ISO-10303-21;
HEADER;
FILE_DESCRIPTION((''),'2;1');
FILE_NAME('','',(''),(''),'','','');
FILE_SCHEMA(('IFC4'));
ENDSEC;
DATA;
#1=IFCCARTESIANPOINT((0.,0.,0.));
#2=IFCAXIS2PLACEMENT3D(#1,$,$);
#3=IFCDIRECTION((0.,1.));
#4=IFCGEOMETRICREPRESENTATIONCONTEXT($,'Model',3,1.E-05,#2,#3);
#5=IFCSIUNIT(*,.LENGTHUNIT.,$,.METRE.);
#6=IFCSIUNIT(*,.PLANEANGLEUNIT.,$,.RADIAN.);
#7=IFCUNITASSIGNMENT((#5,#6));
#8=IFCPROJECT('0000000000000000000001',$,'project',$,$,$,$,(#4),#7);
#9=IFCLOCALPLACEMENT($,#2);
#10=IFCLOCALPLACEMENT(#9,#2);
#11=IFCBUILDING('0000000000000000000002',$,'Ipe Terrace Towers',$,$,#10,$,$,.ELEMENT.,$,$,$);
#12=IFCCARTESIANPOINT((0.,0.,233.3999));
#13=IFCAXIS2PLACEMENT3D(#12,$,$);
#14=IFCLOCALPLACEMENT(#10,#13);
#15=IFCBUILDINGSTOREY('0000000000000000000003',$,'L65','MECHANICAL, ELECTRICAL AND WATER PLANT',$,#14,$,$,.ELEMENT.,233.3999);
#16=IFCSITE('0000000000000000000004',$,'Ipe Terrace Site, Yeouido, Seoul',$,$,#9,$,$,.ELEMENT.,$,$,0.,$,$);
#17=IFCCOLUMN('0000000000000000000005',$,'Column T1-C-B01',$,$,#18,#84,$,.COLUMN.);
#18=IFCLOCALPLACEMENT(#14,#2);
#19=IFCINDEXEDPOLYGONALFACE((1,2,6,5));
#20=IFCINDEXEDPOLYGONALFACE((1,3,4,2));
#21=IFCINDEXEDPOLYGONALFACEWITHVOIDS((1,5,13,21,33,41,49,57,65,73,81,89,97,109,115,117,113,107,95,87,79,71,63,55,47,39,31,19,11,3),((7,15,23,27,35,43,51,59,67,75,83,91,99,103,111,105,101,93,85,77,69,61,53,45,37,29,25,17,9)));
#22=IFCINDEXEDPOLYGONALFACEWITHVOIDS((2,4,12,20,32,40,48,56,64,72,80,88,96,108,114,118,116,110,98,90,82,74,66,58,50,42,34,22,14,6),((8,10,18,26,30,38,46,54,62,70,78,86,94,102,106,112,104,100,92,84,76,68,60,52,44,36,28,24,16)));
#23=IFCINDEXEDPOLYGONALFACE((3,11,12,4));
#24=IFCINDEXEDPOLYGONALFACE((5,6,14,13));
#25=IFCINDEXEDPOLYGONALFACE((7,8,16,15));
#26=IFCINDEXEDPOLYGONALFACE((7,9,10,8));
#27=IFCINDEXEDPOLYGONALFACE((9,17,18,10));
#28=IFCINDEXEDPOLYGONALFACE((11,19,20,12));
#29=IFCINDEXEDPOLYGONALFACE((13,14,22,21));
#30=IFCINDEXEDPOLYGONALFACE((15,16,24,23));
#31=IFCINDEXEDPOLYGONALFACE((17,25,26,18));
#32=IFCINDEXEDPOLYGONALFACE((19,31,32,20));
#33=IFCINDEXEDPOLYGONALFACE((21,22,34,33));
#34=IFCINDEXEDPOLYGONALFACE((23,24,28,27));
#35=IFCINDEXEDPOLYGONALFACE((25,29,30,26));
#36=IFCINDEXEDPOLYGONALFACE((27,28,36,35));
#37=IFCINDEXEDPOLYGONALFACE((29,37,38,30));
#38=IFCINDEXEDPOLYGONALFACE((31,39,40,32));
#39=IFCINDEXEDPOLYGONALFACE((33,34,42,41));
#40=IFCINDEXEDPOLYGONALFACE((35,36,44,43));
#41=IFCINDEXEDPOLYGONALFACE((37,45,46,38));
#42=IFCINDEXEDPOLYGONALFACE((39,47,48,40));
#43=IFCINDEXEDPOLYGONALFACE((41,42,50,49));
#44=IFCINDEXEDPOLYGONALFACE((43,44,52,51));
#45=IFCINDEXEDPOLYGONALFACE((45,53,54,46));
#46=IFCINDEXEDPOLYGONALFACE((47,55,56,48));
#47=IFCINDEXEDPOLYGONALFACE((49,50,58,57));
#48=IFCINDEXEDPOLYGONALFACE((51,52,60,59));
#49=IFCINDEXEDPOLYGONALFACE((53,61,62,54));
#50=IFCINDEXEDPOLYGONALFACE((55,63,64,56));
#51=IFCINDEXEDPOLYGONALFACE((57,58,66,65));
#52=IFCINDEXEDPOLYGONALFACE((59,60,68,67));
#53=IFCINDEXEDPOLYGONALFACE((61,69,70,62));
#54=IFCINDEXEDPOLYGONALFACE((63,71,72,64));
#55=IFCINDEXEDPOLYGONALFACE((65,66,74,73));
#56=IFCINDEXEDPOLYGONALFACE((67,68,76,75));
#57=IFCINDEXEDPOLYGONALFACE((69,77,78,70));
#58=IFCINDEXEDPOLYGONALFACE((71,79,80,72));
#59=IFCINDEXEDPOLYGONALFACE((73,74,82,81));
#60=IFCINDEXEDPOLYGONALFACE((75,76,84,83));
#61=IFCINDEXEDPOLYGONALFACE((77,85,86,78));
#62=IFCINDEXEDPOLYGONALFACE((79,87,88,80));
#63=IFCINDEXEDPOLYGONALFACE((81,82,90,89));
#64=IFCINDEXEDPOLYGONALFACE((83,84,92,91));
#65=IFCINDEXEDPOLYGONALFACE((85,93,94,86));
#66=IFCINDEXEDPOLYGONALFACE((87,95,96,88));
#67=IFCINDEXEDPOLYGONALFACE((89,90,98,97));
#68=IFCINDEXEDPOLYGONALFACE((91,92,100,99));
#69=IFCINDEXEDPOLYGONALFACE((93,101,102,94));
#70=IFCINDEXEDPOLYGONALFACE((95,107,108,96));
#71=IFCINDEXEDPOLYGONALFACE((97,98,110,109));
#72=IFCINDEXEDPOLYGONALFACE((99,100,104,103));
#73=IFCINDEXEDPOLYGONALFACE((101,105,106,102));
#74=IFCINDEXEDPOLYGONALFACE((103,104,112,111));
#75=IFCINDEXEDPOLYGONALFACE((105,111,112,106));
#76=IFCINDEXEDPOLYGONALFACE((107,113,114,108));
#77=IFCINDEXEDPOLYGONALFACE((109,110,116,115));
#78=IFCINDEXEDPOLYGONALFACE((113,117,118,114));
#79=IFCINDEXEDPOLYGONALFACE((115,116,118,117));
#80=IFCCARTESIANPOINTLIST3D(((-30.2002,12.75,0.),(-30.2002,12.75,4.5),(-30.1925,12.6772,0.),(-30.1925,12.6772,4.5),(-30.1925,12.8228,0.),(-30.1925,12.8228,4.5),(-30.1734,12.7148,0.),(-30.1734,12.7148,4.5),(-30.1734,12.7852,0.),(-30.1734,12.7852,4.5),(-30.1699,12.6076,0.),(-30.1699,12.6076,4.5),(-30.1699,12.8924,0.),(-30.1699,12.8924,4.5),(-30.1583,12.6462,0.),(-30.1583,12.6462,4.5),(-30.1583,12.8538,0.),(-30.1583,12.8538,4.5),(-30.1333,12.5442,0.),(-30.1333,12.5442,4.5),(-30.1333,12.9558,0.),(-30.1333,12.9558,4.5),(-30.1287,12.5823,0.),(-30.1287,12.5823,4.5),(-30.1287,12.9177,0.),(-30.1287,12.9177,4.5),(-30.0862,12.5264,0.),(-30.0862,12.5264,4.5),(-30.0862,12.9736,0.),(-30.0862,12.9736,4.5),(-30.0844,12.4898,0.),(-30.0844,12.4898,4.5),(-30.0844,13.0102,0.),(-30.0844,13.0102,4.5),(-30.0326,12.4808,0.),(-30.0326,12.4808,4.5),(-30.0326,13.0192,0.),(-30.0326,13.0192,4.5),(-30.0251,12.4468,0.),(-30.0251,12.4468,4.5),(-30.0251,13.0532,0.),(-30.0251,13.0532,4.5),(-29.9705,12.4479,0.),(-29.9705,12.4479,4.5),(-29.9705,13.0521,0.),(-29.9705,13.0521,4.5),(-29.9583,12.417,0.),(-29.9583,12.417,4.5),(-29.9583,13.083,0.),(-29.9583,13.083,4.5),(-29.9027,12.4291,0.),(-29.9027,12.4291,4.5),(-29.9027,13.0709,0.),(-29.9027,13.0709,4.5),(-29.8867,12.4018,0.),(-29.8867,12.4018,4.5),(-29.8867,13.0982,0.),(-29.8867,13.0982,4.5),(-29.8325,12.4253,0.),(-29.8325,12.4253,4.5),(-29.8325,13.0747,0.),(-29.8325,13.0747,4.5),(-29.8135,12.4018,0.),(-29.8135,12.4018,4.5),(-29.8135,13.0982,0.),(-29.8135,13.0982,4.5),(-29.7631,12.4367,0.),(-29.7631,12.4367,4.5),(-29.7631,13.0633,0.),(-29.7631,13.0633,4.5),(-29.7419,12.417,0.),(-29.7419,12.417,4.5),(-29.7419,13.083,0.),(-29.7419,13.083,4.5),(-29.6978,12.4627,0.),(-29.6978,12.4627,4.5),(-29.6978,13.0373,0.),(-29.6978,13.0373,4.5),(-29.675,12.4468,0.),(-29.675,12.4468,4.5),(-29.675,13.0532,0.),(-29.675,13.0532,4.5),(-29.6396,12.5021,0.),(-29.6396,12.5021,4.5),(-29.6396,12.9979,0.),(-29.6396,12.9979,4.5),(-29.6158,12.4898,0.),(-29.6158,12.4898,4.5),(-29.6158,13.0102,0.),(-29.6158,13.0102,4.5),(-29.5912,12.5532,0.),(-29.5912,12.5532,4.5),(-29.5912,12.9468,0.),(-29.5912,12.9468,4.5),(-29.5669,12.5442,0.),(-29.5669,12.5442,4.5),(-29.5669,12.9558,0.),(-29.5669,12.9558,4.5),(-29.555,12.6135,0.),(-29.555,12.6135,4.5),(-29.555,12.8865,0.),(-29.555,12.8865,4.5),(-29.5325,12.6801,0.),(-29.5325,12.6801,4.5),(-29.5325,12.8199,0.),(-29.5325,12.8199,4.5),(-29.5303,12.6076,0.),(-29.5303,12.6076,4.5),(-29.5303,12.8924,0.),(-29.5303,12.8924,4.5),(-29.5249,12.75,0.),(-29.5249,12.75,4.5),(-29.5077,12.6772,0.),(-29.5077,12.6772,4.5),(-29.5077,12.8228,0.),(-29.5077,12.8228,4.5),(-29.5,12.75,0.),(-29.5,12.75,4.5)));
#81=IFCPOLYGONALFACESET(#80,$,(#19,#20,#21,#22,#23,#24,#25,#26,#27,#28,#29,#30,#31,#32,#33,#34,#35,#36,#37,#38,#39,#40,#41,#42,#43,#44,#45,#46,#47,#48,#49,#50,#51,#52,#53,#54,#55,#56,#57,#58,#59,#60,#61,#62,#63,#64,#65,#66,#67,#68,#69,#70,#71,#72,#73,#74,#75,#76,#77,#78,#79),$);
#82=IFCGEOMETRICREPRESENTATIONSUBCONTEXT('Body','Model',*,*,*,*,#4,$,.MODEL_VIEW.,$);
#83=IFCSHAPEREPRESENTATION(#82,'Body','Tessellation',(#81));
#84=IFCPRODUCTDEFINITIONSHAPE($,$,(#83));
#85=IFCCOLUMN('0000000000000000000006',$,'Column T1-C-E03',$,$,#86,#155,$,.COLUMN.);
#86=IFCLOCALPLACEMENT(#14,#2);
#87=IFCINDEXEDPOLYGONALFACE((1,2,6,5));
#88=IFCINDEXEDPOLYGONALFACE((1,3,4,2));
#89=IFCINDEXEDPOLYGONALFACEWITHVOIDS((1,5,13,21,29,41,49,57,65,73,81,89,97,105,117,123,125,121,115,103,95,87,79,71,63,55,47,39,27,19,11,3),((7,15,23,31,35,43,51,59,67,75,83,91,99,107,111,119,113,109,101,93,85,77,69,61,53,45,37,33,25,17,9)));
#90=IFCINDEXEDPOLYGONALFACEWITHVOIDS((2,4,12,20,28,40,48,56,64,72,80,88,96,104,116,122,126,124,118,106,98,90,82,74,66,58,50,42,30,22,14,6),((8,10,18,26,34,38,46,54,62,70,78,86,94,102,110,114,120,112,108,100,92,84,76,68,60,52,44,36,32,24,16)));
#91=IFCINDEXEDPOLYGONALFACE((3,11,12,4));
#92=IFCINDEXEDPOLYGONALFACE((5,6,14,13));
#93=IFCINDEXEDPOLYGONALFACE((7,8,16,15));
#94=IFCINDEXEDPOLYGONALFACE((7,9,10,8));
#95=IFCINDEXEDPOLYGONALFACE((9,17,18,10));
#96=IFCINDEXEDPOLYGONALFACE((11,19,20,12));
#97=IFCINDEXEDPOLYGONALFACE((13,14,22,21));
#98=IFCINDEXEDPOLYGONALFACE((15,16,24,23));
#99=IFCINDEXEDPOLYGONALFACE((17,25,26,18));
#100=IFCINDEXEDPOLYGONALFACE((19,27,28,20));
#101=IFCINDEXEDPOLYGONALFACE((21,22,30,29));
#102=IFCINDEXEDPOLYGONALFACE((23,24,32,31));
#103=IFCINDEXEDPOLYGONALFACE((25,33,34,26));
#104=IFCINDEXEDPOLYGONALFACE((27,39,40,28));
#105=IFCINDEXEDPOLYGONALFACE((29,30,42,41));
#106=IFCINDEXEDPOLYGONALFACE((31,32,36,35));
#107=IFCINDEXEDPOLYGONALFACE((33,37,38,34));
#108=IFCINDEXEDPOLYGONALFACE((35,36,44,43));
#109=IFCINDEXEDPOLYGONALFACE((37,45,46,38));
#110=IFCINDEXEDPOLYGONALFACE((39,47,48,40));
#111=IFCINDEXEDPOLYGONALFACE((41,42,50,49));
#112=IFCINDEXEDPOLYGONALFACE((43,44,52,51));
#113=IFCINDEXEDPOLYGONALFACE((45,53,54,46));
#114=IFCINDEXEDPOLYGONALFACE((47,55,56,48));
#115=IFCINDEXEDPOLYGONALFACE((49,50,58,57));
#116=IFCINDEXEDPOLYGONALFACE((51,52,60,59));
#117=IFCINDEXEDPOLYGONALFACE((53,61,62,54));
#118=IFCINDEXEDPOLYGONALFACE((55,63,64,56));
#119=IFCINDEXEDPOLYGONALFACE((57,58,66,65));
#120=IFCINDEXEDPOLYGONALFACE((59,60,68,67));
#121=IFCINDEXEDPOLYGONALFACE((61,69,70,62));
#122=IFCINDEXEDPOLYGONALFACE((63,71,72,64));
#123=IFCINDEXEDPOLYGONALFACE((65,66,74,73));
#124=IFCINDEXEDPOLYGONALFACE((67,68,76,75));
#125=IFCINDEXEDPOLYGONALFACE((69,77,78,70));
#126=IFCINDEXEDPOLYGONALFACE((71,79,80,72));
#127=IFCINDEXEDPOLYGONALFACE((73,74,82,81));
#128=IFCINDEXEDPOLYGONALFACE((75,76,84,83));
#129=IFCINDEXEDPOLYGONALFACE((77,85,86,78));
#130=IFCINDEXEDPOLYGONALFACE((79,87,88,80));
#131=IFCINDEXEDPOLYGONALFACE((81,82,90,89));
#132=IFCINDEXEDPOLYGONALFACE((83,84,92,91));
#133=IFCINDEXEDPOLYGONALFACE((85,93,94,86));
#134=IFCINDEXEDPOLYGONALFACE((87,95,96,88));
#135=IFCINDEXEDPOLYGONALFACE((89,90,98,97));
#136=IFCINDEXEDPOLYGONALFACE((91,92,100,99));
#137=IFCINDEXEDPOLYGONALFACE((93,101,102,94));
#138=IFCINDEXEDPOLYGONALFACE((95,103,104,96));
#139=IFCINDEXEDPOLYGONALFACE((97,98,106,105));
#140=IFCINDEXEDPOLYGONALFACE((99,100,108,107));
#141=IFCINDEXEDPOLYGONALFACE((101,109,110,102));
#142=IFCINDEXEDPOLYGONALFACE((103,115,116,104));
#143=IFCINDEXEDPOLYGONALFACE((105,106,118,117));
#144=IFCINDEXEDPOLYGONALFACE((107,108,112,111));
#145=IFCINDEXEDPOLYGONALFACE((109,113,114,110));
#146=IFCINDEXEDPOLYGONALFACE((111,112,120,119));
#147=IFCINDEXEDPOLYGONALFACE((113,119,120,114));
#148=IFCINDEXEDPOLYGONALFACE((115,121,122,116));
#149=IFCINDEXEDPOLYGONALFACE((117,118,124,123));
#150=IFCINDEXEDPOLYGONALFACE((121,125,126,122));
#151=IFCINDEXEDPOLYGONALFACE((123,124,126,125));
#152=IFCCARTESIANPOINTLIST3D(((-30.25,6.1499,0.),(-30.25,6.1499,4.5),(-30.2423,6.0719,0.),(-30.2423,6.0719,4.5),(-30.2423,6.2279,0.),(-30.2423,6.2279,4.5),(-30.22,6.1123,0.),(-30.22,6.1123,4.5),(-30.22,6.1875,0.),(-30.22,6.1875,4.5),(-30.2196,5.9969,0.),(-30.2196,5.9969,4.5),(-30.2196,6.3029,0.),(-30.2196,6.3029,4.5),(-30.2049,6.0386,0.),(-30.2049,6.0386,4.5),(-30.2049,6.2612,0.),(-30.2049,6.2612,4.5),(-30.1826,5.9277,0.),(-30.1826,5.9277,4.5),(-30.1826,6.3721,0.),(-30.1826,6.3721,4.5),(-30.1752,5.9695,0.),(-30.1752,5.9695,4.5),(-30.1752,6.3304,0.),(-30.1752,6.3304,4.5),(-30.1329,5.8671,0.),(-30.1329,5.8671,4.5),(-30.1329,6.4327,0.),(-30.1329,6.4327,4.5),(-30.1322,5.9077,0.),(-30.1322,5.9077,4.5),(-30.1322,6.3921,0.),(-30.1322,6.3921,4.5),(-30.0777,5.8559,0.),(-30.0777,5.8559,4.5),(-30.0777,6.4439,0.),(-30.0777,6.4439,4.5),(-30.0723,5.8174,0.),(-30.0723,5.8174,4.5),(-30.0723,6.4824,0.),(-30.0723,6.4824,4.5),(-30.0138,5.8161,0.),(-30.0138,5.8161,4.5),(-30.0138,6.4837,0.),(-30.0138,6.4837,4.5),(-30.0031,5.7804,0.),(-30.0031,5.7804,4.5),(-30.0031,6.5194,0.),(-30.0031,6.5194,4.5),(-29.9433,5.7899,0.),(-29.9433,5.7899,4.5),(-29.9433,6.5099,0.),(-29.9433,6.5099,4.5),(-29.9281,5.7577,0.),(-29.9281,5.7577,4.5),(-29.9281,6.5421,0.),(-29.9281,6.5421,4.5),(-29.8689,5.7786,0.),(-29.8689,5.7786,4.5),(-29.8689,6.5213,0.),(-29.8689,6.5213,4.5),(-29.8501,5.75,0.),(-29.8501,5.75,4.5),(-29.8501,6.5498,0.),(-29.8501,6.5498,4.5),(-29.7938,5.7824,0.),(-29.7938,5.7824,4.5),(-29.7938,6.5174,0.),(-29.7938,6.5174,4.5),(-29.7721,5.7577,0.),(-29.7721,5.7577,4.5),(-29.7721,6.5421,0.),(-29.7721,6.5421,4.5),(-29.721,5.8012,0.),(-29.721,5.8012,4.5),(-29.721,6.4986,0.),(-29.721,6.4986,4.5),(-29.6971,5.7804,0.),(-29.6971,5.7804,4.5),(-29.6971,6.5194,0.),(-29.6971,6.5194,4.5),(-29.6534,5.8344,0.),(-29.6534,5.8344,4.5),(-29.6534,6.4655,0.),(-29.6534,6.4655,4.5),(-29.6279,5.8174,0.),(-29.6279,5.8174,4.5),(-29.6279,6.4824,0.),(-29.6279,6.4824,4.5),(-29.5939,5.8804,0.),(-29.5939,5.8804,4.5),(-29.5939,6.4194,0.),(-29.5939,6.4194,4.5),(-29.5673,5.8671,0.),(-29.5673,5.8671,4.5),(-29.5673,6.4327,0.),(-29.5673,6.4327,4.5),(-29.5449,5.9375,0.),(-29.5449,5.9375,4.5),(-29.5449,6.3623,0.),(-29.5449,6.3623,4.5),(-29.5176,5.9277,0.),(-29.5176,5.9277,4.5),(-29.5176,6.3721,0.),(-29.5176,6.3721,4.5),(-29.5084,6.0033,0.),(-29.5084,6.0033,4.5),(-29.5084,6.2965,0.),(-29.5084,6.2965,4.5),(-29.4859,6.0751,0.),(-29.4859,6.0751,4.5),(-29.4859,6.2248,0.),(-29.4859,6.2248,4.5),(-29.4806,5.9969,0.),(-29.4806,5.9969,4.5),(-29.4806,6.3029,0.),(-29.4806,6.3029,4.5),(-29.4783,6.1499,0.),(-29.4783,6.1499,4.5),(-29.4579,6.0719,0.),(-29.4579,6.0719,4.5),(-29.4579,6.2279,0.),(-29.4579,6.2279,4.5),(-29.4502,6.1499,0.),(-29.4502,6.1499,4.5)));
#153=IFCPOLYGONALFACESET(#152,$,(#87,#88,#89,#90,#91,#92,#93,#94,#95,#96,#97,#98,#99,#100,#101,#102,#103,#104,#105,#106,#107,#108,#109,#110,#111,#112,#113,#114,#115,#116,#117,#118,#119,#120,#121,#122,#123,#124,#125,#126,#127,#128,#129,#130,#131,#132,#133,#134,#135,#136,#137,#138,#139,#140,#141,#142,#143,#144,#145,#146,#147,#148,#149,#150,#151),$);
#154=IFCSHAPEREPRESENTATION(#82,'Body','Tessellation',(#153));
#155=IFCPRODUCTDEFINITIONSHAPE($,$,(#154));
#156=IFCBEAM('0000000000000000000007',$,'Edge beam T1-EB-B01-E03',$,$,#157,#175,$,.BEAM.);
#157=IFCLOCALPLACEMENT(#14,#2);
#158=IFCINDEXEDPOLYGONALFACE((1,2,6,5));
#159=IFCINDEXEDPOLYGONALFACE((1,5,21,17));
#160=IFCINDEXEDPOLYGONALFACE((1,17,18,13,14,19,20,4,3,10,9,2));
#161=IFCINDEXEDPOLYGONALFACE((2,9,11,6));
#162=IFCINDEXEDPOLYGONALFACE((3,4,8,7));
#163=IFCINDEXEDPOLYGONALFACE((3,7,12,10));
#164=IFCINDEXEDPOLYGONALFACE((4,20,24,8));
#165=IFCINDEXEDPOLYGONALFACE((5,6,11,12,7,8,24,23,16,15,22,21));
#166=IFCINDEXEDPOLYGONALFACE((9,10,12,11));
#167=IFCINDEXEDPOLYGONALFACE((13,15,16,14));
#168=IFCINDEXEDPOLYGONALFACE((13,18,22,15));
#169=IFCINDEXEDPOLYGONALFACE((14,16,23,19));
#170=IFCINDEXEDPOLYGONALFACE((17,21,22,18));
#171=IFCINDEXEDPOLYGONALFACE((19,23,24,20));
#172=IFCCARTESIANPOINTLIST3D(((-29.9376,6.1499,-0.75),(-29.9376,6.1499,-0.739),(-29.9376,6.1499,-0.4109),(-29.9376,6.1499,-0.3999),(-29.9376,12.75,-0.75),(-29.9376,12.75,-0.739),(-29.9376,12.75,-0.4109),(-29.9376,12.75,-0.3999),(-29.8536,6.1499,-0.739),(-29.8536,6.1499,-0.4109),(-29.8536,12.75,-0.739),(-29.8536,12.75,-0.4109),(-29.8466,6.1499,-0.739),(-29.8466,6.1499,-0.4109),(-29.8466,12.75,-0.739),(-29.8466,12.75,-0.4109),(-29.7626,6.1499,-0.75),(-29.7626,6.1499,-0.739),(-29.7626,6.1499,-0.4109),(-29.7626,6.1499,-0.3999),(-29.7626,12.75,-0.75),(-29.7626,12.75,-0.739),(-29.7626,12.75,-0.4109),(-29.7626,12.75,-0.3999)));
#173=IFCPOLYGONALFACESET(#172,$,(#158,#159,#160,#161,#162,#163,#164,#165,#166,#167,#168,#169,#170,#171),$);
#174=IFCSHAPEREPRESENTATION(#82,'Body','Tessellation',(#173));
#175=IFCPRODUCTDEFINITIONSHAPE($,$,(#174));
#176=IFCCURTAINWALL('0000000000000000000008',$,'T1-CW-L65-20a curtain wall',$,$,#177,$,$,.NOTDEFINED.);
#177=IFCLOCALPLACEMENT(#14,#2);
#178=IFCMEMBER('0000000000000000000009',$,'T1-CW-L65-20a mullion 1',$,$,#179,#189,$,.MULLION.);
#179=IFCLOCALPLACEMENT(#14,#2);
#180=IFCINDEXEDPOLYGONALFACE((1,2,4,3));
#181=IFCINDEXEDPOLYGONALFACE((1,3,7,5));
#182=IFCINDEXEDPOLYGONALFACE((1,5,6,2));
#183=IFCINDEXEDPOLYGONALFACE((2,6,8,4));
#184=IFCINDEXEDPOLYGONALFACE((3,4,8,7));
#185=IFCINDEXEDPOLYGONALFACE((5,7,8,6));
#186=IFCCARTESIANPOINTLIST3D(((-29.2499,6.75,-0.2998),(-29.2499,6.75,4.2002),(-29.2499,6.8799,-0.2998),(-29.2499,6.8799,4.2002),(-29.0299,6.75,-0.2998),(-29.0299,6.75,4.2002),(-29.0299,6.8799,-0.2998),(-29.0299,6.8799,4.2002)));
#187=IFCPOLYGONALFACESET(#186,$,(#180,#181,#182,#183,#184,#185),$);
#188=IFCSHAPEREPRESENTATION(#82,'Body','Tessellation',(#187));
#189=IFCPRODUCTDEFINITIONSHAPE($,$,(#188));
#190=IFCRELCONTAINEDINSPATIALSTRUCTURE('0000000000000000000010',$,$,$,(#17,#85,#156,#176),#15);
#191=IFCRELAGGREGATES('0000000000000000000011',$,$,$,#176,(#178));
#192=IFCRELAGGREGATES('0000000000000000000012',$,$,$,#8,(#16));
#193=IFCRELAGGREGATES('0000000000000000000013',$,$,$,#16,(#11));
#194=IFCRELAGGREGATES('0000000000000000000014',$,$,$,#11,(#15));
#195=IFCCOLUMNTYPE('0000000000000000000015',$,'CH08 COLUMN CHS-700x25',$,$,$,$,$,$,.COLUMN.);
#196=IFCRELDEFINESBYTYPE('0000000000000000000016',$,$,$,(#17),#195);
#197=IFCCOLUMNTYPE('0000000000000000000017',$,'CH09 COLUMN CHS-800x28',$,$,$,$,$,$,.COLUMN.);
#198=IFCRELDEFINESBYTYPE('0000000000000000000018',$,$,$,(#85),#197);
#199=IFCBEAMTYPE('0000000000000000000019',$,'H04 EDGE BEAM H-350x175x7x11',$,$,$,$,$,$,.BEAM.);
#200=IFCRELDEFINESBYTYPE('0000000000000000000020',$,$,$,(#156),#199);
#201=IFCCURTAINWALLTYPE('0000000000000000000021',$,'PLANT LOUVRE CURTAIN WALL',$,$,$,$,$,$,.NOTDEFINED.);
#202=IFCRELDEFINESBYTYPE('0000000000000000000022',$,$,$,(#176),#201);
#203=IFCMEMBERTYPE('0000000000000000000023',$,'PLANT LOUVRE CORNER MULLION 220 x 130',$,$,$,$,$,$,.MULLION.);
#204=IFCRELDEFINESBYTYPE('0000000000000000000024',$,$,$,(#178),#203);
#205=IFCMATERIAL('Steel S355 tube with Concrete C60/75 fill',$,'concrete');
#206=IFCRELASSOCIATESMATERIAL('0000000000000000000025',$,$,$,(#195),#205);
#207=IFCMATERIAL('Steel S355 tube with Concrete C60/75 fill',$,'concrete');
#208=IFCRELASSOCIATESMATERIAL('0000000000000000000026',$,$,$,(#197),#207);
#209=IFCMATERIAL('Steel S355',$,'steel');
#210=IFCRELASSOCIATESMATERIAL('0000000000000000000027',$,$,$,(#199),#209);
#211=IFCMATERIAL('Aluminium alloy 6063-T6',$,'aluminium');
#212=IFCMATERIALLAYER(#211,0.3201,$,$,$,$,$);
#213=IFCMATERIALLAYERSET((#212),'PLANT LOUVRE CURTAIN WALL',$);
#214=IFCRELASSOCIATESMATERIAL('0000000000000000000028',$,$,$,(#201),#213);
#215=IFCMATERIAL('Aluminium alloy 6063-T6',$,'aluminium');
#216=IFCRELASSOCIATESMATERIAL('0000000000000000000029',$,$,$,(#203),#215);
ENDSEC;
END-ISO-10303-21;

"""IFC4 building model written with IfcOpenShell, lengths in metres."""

from ifc_helpers import new_model, si_unit, direction, frame, origin, origin_2d, place, context, subcontext, project, spatial, rectangle, hollow_circle, i_section, extrude, material, layer, layer_set, material_profile, profile_set, type_object, element, aggregate, save


model = new_model("IFC4")

# Units and contexts
model_context = context("Model", 3, precision=1e-05, world=origin(), true_north=direction((0.0, 1.0)))
body_context = subcontext(model_context, "Body", "Model", "MODEL_VIEW")
ifc_project = project(units=[si_unit("LENGTHUNIT", "METRE"), si_unit("PLANEANGLEUNIT", "RADIAN")], contexts=[model_context])

# Site, building, storey
site_placement = place(None, origin())
site = spatial("IfcSite", under=ifc_project, at=site_placement, Name="Ipe Terrace Site, Yeouido, Seoul", CompositionType="ELEMENT", RefElevation=0.0)
building_placement = place(site_placement, origin())
building = spatial("IfcBuilding", under=site, at=building_placement, Name="Ipe Terrace Towers", CompositionType="ELEMENT")
storey_placement = place(building_placement, frame((0.0, 0.0, 233.3999)))
storey = spatial("IfcBuildingStorey", under=building, at=storey_placement, Name="L65", Description="MECHANICAL, ELECTRICAL AND WATER PLANT", CompositionType="ELEMENT", Elevation=233.3999)

# Columns
ifc_material_1 = material(Name="Steel S355 tube with Concrete C60/75 fill", Category="concrete")
ifc_material_profile_1 = material_profile(ifc_material_1, hollow_circle(Radius=0.3501, WallThickness=0.0249, at=origin_2d()), Name="CHS-700x25")
ifc_profile_set_1 = profile_set([ifc_material_profile_1], Name="Steel S355 tube with Concrete C60/75 fill")
column_type_1 = type_object("IfcColumnType", Name="CH08 COLUMN CHS-700x25", PredefinedType="COLUMN", material=ifc_profile_set_1)
column_1_placement = place(storey_placement, frame((-29.8501, 12.75, 0.0), z_axis=(0.0, 0.0, 1.0), x_axis=(1.0, 0.0, 0.0)))
element("IfcColumn", 1, at=column_1_placement, inside=storey, type_object=column_type_1, Name="Column T1-C-B01", PredefinedType="COLUMN", context=body_context, shape_type="SweptSolid", body=[
    extrude(hollow_circle(Radius=0.3501, WallThickness=0.0249, at=origin_2d()), origin(), (0.0, 0.0, 1.0), 4.5),
])
ifc_material_2 = material(Name="Steel S355 tube with Concrete C60/75 fill", Category="concrete")
ifc_material_profile_2 = material_profile(ifc_material_2, hollow_circle(Radius=0.3999, WallThickness=0.0281, at=origin_2d()), Name="CHS-800x28")
ifc_profile_set_2 = profile_set([ifc_material_profile_2], Name="Steel S355 tube with Concrete C60/75 fill")
column_type_2 = type_object("IfcColumnType", Name="CH09 COLUMN CHS-800x28", PredefinedType="COLUMN", material=ifc_profile_set_2)
column_2_placement = place(storey_placement, frame((-29.8501, 6.1499, 0.0), z_axis=(0.0, 0.0, 1.0), x_axis=(1.0, 0.0, 0.0)))
element("IfcColumn", 2, at=column_2_placement, inside=storey, type_object=column_type_2, Name="Column T1-C-E03", PredefinedType="COLUMN", context=body_context, shape_type="SweptSolid", body=[
    extrude(hollow_circle(Radius=0.3999, WallThickness=0.0281, at=origin_2d()), origin(), (0.0, 0.0, 1.0), 4.5),
])

# Beam
ifc_material_3 = material(Name="Steel S355", Category="steel")
ifc_material_profile_3 = material_profile(ifc_material_3, i_section(OverallWidth=0.175, OverallDepth=0.3501, WebThickness=0.0071, FlangeThickness=0.011, at=origin_2d()), Name="H-350x175x7x11")
ifc_profile_set_3 = profile_set([ifc_material_profile_3], Name="Steel S355")
beam_type = type_object("IfcBeamType", Name="H04 EDGE BEAM H-350x175x7x11", PredefinedType="BEAM", material=ifc_profile_set_3)
beam_placement = place(storey_placement, frame((-29.8501, 12.75, -0.575), z_axis=(0.0, -1.0, 0.0), x_axis=(1.0, 0.0, 0.0)))
element("IfcBeam", 3, at=beam_placement, inside=storey, type_object=beam_type, Name="Edge beam T1-EB-B01-E03", PredefinedType="BEAM", context=body_context, shape_type="SweptSolid", body=[
    extrude(i_section(OverallWidth=0.175, OverallDepth=0.3501, WebThickness=0.0071, FlangeThickness=0.011, at=origin_2d()), origin(), (0.0, 0.0, 1.0), 6.6001),
])

# Curtain wall, member
ifc_material_4 = material(Name="Aluminium alloy 6063-T6", Category="aluminium")
ifc_layer_1 = layer(ifc_material_4, 0.3201)
ifc_layer_set_1 = layer_set([ifc_layer_1], Name="PLANT LOUVRE CURTAIN WALL")
curtain_wall_type = type_object("IfcCurtainWallType", Name="PLANT LOUVRE CURTAIN WALL", PredefinedType="NOTDEFINED", material=ifc_layer_set_1)
curtain_wall_1_placement = place(storey_placement, origin())
curtain_wall_1 = element("IfcCurtainWall", 4, at=curtain_wall_1_placement, inside=storey, type_object=curtain_wall_type, Name="T1-CW-L65-20a curtain wall", PredefinedType="NOTDEFINED")
ifc_material_5 = material(Name="Aluminium alloy 6063-T6", Category="aluminium")
ifc_material_profile_4 = material_profile(ifc_material_5, rectangle(XDim=0.22, YDim=0.1299, at=origin_2d()), Name="PLANT LOUVRE CORNER MULLION 220 x 130")
ifc_profile_set_4 = profile_set([ifc_material_profile_4], Name="Aluminium alloy 6063-T6")
member_type_1 = type_object("IfcMemberType", Name="PLANT LOUVRE CORNER MULLION 220 x 130", PredefinedType="MULLION", material=ifc_profile_set_4)
member_1_placement = place(storey_placement, frame((-29.1399, 6.8149, -0.2998), z_axis=(0.0, 0.0, 1.0), x_axis=(1.0, 0.0, 0.0)))
member_1 = element("IfcMember", 5, at=member_1_placement, type_object=member_type_1, Name="T1-CW-L65-20a mullion 1", PredefinedType="MULLION", context=body_context, shape_type="SweptSolid", body=[
    extrude(rectangle(XDim=0.22, YDim=0.1299, at=origin_2d()), origin(), (0.0, 0.0, 1.0), 4.5),
])

aggregate(curtain_wall_1, [member_1])

save(model, "model.ifc")
